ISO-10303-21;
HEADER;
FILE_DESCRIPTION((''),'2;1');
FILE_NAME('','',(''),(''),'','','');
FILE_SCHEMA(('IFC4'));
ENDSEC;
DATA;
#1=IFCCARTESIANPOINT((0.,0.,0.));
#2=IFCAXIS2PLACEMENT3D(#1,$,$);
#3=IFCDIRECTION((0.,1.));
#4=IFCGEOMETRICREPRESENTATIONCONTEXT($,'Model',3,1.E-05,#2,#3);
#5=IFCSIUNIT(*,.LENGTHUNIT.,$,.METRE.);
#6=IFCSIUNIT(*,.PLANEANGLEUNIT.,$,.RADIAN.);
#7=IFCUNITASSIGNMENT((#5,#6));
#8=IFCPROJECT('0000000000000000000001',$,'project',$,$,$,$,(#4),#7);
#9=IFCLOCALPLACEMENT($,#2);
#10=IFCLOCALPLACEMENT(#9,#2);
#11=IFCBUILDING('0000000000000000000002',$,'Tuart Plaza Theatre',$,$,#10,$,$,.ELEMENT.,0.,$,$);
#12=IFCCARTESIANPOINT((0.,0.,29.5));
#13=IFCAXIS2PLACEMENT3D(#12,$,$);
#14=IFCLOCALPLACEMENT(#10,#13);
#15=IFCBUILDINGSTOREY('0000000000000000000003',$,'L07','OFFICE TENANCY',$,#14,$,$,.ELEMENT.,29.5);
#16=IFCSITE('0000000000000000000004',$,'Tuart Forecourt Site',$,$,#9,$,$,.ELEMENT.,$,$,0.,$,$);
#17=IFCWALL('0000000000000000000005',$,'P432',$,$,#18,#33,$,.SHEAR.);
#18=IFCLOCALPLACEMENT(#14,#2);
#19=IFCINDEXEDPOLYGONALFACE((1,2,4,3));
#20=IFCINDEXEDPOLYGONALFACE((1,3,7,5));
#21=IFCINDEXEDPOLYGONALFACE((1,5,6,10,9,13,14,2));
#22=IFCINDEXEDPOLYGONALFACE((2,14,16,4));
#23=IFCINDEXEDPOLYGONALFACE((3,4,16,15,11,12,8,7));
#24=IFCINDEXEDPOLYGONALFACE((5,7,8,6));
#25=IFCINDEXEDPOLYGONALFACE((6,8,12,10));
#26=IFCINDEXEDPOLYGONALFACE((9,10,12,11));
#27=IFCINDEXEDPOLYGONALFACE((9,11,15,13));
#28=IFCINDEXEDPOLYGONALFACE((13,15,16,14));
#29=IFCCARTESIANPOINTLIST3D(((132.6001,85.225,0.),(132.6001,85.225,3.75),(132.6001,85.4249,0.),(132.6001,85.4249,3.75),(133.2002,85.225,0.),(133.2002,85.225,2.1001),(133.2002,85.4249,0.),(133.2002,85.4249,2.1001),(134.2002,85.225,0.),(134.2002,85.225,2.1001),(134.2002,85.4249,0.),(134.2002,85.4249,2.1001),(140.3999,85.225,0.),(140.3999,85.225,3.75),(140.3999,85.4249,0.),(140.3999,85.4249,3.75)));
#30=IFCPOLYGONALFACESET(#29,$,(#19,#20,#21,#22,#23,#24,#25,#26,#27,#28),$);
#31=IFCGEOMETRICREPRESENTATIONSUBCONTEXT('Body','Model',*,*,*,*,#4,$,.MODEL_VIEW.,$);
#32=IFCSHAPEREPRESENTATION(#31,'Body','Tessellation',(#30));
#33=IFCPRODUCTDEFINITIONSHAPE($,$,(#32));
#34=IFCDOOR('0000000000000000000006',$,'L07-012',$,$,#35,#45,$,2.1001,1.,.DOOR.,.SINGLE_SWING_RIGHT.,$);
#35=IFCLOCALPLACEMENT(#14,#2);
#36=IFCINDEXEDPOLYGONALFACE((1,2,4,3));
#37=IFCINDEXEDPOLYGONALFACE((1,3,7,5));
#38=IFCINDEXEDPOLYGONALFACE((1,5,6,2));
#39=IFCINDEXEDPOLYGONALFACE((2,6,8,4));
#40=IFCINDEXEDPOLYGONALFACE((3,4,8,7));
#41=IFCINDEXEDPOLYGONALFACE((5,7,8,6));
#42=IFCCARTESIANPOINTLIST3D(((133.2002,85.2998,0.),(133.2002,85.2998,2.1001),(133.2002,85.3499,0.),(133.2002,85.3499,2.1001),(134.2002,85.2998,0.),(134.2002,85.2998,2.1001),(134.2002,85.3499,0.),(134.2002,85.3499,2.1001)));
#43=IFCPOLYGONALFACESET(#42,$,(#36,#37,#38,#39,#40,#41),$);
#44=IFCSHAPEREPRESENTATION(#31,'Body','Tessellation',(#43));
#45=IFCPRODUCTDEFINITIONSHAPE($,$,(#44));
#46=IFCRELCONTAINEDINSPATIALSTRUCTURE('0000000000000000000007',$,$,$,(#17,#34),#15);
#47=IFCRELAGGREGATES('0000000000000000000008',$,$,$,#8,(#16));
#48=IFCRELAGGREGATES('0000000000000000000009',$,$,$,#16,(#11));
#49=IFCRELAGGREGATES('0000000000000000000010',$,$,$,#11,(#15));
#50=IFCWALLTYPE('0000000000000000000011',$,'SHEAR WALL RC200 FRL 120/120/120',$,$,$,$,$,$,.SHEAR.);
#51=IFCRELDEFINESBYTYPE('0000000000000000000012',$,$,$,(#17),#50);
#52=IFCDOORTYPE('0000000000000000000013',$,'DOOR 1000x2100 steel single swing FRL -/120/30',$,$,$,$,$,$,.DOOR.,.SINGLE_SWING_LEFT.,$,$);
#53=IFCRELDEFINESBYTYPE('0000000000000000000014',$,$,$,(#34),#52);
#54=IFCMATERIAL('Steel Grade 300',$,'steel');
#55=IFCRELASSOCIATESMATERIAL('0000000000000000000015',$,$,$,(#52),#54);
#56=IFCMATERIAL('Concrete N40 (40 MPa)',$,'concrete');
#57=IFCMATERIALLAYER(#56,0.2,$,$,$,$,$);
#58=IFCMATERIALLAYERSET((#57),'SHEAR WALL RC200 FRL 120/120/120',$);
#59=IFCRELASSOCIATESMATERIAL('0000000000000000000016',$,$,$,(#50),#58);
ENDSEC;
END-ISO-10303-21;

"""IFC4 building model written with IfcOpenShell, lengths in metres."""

from ifc_helpers import new_model, si_unit, direction, frame, frame_2d, origin, place, context, subcontext, project, spatial, rectangle, extrude, material, layer, layer_set, type_object, element, fill, save


model = new_model("IFC4")

# Units and contexts
model_context = context("Model", 3, precision=1e-05, world=origin(), true_north=direction((0.0, 1.0)))
body_context = subcontext(model_context, "Body", "Model", "MODEL_VIEW")
ifc_project = project(units=[si_unit("LENGTHUNIT", "METRE"), si_unit("PLANEANGLEUNIT", "RADIAN")], contexts=[model_context])

# Site, building, storey
site_placement = place(None, origin())
site = spatial("IfcSite", under=ifc_project, at=site_placement, Name="Tuart Forecourt Site", CompositionType="ELEMENT", RefElevation=0.0)
building_placement = place(site_placement, origin())
building = spatial("IfcBuilding", under=site, at=building_placement, Name="Tuart Plaza Theatre", CompositionType="ELEMENT", ElevationOfRefHeight=0.0)
storey_placement = place(building_placement, frame((0.0, 0.0, 29.5)))
storey = spatial("IfcBuildingStorey", under=building, at=storey_placement, Name="L07", Description="OFFICE TENANCY", CompositionType="ELEMENT", Elevation=29.5)

# Shared definitions
ifc_material_1 = material(Name="Steel Grade 300", Category="steel")
door_type_1 = type_object("IfcDoorType", Name="DOOR 1000x2100 steel single swing FRL -/120/30", OperationType="SINGLE_SWING_LEFT", PredefinedType="DOOR", material=ifc_material_1)

# Shared definitions
ifc_material_2 = material(Name="Concrete N40 (40 MPa)", Category="concrete")
ifc_layer_1 = layer(ifc_material_2, 0.2)
ifc_layer_set_1 = layer_set([ifc_layer_1], Name="SHEAR WALL RC200 FRL 120/120/120")
wall_type_1 = type_object("IfcWallType", Name="SHEAR WALL RC200 FRL 120/120/120", PredefinedType="SHEAR", material=ifc_layer_set_1)

# Wall, opening, door
wall_1_placement = place(storey_placement, frame((132.6001, 85.325, 0.0), z_axis=(0.0, 0.0, 1.0), x_axis=(1.0, 0.0, 0.0)))
wall_1 = element("IfcWall", 1, at=wall_1_placement, inside=storey, type_object=wall_type_1, Name="P432", PredefinedType="SHEAR", context=body_context, shape_type="SweptSolid", body=[
    extrude(rectangle(XDim=7.7998, YDim=0.2, at=frame_2d((3.8999, 0.0))), origin(), (0.0, 0.0, 1.0), 3.75),
])
opening_1_placement = place(wall_1_placement, frame((0.6001, 0.0, 0.0)))
opening_1 = element("IfcOpeningElement", 2, at=opening_1_placement, cuts=wall_1, PredefinedType="OPENING", context=body_context, shape_type="SweptSolid", body=[
    extrude(rectangle(XDim=1.0, YDim=2.1001, at=frame_2d((0.5, 1.05))), frame((0.0, 0.1099, 0.0), z_axis=(0.0, -1.0, 0.0), x_axis=(1.0, 0.0, 0.0)), (0.0, 0.0, 1.0), 0.22),
])
door_1_placement = place(opening_1_placement, origin())
door_1 = element("IfcDoor", 3, at=door_1_placement, inside=storey, type_object=door_type_1, Name="L07-012", OperationType="SINGLE_SWING_RIGHT", OverallHeight=2.1001, OverallWidth=1.0, PredefinedType="DOOR", context=body_context, shape_type="SweptSolid", body=[
    extrude(rectangle(XDim=1.0, YDim=2.1001, at=frame_2d((0.5, 1.05))), frame((0.0, 0.0249, 0.0), z_axis=(0.0, -1.0, 0.0), x_axis=(1.0, 0.0, 0.0)), (0.0, 0.0, 1.0), 0.05),
])
fill(opening_1, door_1)

save(model, "model.ifc")
